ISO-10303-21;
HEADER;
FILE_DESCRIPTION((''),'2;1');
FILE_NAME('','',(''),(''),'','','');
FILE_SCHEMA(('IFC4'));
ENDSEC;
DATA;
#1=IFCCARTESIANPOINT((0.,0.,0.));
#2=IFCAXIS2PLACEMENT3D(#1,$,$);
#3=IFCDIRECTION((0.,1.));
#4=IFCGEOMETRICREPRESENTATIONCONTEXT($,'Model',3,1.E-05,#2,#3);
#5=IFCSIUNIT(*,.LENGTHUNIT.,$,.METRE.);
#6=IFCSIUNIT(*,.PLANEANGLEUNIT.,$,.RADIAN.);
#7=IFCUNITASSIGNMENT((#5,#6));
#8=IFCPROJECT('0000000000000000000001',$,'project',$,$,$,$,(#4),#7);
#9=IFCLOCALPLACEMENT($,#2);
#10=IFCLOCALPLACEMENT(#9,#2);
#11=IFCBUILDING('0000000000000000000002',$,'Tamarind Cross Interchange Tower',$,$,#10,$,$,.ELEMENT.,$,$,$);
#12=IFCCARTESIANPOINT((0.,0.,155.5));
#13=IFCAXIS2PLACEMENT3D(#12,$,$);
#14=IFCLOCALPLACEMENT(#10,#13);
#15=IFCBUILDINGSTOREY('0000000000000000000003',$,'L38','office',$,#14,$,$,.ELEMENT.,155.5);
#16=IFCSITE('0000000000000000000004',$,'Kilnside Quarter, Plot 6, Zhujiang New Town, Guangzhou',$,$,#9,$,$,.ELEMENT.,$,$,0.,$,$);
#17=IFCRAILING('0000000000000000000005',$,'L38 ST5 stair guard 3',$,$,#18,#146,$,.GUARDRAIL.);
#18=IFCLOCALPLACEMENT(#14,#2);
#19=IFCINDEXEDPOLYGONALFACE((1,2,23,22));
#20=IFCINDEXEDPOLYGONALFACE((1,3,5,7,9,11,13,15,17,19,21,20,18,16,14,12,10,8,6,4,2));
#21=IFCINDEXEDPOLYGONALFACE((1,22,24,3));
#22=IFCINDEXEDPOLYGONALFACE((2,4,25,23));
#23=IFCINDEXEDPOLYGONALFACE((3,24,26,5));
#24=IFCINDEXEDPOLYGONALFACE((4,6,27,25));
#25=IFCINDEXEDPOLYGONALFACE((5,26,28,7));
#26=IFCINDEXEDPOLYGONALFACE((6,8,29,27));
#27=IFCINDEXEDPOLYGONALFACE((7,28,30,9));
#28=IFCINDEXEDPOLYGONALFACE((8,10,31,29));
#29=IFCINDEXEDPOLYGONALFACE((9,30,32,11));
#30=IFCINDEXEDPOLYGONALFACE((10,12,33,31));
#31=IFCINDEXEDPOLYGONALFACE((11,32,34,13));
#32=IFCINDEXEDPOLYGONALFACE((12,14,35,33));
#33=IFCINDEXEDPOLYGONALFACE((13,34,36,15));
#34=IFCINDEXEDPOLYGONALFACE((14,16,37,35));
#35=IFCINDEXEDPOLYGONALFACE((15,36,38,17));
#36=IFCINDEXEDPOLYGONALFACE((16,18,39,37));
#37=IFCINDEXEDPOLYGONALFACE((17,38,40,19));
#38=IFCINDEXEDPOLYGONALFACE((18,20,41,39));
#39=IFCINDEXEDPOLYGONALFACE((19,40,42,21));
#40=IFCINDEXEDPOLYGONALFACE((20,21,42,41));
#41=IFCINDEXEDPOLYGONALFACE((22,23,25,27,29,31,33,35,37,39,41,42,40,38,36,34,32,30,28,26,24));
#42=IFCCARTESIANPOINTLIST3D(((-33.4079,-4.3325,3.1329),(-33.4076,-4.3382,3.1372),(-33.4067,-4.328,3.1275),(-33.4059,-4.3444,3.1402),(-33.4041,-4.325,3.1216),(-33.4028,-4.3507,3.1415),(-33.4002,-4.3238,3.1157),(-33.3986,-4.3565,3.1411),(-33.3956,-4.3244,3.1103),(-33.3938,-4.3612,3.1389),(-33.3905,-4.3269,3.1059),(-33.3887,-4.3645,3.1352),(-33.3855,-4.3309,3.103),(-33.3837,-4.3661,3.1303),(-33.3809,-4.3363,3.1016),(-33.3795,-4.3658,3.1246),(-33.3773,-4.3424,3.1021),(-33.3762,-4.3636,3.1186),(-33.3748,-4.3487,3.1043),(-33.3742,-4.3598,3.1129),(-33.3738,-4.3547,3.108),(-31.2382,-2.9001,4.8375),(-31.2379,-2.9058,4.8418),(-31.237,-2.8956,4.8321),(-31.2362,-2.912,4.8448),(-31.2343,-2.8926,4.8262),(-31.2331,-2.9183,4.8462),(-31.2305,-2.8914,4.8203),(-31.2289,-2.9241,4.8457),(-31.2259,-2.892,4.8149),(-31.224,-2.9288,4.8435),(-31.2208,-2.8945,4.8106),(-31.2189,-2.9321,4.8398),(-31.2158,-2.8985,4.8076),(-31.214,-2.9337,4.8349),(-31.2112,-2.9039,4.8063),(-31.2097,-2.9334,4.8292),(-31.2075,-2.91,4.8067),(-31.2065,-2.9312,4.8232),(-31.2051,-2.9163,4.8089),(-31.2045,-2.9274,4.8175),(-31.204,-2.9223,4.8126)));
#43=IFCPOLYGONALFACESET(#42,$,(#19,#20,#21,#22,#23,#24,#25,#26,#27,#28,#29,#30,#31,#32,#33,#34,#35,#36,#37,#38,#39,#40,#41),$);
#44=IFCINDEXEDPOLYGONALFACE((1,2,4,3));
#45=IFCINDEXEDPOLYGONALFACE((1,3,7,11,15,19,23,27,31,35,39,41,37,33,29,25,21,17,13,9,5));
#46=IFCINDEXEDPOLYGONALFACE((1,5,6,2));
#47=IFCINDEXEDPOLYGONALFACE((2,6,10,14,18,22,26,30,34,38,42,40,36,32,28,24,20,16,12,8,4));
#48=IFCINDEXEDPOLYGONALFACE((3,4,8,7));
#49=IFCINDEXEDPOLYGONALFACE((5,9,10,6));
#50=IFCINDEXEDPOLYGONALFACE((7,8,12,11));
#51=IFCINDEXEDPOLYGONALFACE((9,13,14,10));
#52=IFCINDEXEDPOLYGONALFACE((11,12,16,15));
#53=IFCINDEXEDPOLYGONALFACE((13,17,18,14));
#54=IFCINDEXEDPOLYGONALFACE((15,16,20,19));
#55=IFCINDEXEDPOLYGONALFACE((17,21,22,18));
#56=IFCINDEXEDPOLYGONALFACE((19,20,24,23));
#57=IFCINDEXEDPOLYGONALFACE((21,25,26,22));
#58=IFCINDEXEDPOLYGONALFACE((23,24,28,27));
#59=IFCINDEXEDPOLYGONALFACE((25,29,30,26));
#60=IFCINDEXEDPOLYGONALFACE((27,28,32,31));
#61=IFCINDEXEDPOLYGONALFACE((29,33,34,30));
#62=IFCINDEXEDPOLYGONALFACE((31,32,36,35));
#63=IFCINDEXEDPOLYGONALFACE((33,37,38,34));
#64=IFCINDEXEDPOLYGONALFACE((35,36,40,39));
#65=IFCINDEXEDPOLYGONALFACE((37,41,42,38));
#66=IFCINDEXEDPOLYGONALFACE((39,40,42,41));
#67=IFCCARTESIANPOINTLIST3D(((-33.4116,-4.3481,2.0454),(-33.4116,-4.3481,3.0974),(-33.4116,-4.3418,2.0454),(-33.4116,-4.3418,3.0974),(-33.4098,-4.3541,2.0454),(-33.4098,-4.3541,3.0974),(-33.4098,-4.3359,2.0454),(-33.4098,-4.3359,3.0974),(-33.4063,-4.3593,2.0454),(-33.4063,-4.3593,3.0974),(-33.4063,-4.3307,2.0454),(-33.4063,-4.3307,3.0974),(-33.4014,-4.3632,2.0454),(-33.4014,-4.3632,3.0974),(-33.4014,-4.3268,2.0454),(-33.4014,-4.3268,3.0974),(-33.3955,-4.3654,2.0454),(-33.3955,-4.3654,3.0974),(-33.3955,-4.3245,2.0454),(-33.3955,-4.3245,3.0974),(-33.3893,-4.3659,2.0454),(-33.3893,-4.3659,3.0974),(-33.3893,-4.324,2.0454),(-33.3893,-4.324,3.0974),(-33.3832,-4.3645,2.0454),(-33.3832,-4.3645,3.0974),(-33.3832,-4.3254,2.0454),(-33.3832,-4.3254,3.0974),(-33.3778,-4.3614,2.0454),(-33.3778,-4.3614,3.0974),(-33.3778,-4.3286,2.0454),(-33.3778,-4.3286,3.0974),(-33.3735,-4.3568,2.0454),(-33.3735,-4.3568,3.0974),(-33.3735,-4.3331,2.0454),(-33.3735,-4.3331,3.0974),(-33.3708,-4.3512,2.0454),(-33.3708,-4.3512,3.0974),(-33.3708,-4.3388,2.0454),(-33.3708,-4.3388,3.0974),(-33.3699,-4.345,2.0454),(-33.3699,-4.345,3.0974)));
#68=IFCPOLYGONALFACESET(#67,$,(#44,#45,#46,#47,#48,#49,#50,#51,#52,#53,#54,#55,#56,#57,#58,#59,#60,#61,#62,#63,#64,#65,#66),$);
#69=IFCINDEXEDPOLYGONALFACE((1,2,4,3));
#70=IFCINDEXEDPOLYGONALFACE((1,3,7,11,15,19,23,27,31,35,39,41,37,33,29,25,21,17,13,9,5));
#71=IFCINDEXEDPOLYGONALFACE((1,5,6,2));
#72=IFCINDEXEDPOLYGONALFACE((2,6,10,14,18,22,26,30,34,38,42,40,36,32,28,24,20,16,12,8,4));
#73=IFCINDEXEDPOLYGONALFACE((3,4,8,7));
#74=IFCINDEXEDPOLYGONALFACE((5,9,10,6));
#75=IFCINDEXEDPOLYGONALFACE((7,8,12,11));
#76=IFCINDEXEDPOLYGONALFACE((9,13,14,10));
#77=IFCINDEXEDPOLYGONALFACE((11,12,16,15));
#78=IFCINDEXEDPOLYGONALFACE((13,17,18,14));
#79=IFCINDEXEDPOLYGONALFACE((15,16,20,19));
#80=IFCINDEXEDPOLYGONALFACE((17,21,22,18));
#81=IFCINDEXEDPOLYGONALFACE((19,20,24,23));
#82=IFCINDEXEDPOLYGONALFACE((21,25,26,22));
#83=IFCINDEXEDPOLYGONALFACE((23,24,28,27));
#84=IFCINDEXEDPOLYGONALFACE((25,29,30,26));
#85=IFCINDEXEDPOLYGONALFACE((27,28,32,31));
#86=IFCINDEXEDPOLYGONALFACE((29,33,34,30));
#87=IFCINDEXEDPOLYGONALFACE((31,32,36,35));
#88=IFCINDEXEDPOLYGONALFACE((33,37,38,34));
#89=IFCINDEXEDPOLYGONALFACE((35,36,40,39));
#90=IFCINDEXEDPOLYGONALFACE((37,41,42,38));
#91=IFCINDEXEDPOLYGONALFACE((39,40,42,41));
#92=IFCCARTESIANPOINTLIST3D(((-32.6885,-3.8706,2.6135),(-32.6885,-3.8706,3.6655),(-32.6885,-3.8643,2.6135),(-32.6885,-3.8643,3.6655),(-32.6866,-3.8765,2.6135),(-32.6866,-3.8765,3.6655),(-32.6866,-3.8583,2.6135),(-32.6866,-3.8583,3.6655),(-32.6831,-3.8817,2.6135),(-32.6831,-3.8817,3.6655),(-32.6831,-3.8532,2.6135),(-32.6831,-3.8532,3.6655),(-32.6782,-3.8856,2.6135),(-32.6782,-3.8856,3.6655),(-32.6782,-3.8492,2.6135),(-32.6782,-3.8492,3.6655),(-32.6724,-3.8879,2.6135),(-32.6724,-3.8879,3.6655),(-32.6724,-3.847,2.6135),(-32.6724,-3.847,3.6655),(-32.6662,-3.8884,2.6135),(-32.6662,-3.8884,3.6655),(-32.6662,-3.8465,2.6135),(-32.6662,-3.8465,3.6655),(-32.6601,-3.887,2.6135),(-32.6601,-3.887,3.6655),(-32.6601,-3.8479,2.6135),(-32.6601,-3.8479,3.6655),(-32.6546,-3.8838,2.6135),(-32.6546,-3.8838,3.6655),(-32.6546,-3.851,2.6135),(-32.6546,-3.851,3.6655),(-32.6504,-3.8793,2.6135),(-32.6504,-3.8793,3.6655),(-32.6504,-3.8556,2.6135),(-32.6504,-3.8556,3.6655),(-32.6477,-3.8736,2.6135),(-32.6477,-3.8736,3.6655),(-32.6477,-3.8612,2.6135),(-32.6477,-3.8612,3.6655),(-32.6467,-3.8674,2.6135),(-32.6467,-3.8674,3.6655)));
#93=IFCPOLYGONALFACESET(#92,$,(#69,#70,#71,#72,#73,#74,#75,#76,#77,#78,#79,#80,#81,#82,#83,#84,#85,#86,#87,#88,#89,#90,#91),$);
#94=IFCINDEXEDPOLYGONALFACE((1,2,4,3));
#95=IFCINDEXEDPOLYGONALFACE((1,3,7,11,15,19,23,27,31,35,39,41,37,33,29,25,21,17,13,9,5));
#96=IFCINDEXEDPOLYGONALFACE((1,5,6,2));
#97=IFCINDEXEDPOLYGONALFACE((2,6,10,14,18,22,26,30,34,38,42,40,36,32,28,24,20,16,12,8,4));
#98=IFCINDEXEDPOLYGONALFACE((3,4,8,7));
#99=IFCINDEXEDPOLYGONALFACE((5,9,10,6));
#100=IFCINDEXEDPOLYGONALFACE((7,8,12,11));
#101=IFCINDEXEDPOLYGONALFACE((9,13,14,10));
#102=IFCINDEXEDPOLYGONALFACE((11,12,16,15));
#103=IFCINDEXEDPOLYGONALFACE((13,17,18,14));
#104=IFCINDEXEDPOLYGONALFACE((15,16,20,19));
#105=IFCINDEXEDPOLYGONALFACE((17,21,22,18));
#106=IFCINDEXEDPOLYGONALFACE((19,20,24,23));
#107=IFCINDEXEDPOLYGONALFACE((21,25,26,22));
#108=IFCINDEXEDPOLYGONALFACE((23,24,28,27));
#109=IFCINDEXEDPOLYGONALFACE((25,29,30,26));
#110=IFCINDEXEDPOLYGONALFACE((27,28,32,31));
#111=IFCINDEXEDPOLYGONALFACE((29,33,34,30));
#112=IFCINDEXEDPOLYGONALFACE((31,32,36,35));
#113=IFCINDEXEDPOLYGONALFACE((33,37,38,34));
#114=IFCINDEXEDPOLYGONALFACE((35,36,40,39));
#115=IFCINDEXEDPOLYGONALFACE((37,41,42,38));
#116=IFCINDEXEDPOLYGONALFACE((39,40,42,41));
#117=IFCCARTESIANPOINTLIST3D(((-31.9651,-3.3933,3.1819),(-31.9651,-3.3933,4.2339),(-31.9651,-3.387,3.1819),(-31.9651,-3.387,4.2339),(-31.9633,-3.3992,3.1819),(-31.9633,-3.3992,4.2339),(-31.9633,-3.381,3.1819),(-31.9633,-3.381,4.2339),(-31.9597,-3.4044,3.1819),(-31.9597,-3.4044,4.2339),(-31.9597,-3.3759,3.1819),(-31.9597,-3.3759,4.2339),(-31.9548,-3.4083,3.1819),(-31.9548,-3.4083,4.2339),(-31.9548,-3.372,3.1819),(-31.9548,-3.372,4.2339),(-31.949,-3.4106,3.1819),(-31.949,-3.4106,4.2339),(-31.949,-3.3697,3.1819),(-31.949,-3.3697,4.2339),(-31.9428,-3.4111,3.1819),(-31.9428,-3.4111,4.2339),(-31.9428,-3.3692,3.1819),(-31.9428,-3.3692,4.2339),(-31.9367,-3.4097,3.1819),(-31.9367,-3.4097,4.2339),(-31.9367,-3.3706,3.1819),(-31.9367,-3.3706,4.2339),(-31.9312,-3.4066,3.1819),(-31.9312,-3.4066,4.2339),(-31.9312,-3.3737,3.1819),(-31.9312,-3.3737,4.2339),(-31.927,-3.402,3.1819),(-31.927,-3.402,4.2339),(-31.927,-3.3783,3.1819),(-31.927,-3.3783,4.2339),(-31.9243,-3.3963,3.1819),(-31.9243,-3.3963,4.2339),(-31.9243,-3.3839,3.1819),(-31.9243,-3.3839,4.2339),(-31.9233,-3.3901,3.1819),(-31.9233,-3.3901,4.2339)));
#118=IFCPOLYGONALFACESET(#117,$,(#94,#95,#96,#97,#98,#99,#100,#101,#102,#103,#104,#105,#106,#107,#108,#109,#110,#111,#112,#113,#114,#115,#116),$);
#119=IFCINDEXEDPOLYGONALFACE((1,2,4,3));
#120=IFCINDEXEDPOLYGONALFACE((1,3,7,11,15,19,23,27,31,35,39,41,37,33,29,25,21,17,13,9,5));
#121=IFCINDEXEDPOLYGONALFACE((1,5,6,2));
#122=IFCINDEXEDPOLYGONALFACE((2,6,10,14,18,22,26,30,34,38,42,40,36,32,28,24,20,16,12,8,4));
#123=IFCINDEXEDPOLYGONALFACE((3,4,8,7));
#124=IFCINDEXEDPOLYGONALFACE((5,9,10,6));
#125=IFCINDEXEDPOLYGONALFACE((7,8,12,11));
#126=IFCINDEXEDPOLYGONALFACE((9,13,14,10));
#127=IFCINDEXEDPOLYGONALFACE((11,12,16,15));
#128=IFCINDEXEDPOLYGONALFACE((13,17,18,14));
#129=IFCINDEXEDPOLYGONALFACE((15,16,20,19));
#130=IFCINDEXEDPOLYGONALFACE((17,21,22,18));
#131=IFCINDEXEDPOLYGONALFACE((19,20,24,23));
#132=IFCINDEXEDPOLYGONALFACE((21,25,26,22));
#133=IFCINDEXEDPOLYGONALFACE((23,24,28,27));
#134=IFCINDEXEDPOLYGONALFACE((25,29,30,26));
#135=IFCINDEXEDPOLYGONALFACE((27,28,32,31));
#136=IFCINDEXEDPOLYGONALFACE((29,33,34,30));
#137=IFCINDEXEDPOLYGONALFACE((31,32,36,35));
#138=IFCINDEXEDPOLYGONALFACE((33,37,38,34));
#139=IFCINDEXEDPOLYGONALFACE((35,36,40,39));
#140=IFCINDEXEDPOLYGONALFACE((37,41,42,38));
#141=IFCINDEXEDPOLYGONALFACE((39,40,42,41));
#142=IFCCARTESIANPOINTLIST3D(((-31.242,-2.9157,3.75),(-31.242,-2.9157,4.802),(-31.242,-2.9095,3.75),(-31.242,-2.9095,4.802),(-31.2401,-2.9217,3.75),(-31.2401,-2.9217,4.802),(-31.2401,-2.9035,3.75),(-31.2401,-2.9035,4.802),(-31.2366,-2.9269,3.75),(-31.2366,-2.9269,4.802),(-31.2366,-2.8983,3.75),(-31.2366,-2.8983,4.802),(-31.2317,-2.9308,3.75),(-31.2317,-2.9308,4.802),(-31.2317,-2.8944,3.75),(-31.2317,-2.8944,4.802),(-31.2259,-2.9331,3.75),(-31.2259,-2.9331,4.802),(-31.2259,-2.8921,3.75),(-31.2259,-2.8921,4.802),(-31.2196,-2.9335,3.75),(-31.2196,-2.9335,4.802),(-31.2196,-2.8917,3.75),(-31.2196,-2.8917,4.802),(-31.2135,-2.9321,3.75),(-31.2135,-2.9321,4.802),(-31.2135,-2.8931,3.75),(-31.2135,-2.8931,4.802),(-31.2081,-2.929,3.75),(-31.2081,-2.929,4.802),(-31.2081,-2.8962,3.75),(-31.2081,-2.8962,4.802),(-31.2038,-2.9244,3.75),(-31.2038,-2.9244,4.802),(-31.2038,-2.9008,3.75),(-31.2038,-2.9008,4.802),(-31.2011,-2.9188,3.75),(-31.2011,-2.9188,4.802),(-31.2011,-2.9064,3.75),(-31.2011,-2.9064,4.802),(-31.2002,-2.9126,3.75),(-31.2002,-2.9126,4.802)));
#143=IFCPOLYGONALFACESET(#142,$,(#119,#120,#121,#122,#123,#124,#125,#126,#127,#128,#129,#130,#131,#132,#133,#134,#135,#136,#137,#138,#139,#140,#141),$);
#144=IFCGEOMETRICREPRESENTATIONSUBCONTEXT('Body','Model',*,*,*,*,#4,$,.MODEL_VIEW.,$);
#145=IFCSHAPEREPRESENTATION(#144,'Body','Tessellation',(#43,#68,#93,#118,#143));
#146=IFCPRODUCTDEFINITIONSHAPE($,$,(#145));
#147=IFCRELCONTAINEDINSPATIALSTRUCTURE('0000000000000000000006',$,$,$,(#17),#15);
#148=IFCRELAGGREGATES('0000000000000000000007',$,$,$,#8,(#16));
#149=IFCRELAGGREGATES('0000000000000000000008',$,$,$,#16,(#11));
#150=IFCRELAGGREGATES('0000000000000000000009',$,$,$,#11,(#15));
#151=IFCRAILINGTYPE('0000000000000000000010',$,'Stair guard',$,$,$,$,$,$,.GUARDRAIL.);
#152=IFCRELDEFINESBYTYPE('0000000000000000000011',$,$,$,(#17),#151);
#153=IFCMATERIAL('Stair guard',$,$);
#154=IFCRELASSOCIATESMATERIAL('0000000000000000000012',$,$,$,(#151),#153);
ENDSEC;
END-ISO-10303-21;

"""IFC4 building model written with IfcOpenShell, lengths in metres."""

from ifc_helpers import new_model, si_unit, direction, frame, origin, origin_2d, place, context, subcontext, project, spatial, circle, extrude, material, type_object, element, save


model = new_model("IFC4")

# Units and contexts
model_context = context("Model", 3, precision=1e-05, world=origin(), true_north=direction((0.0, 1.0)))
body_context = subcontext(model_context, "Body", "Model", "MODEL_VIEW")
ifc_project = project(units=[si_unit("LENGTHUNIT", "METRE"), si_unit("PLANEANGLEUNIT", "RADIAN")], contexts=[model_context])

# Site, building, storey
site_placement = place(None, origin())
site = spatial("IfcSite", under=ifc_project, at=site_placement, Name="Kilnside Quarter, Plot 6, Zhujiang New Town, Guangzhou", CompositionType="ELEMENT", RefElevation=0.0)
building_placement = place(site_placement, origin())
building = spatial("IfcBuilding", under=site, at=building_placement, Name="Tamarind Cross Interchange Tower", CompositionType="ELEMENT")
storey_placement = place(building_placement, frame((0.0, 0.0, 155.5)))
storey = spatial("IfcBuildingStorey", under=building, at=storey_placement, Name="L38", Description="office", CompositionType="ELEMENT", Elevation=155.5)

# Railing
ifc_material_1 = material(Name="Stair guard")
railing_type_1 = type_object("IfcRailingType", Name="Stair guard", PredefinedType="GUARDRAIL", material=ifc_material_1)
railing_1_placement = place(storey_placement, frame((-33.3909, -4.345, 2.0454)))
element("IfcRailing", 1, at=railing_1_placement, inside=storey, type_object=railing_type_1, Name="L38 ST5 stair guard 3", PredefinedType="GUARDRAIL", context=body_context, shape_type="SweptSolid", body=[
    extrude(circle(Radius=0.0239, at=origin_2d()), frame((0.0, 0.0, 1.0762), z_axis=(0.697908, 0.460744, 0.548306), x_axis=(-0.550946, 0.834541, 0.0)), (0.0, 0.0, 1.0), 3.1089),
    extrude(circle(Radius=0.021, at=origin_2d()), origin(), (0.0, 0.0, 1.0), 1.052),
    extrude(circle(Radius=0.021, at=origin_2d()), frame((0.7231, 0.4775, 0.5681)), (0.0, 0.0, 1.0), 1.052),
    extrude(circle(Radius=0.021, at=origin_2d()), frame((1.4465, 0.9548, 1.1365)), (0.0, 0.0, 1.0), 1.052),
    extrude(circle(Radius=0.021, at=origin_2d()), frame((2.1697, 1.4324, 1.7046)), (0.0, 0.0, 1.0), 1.052),
])

save(model, "model.ifc")
